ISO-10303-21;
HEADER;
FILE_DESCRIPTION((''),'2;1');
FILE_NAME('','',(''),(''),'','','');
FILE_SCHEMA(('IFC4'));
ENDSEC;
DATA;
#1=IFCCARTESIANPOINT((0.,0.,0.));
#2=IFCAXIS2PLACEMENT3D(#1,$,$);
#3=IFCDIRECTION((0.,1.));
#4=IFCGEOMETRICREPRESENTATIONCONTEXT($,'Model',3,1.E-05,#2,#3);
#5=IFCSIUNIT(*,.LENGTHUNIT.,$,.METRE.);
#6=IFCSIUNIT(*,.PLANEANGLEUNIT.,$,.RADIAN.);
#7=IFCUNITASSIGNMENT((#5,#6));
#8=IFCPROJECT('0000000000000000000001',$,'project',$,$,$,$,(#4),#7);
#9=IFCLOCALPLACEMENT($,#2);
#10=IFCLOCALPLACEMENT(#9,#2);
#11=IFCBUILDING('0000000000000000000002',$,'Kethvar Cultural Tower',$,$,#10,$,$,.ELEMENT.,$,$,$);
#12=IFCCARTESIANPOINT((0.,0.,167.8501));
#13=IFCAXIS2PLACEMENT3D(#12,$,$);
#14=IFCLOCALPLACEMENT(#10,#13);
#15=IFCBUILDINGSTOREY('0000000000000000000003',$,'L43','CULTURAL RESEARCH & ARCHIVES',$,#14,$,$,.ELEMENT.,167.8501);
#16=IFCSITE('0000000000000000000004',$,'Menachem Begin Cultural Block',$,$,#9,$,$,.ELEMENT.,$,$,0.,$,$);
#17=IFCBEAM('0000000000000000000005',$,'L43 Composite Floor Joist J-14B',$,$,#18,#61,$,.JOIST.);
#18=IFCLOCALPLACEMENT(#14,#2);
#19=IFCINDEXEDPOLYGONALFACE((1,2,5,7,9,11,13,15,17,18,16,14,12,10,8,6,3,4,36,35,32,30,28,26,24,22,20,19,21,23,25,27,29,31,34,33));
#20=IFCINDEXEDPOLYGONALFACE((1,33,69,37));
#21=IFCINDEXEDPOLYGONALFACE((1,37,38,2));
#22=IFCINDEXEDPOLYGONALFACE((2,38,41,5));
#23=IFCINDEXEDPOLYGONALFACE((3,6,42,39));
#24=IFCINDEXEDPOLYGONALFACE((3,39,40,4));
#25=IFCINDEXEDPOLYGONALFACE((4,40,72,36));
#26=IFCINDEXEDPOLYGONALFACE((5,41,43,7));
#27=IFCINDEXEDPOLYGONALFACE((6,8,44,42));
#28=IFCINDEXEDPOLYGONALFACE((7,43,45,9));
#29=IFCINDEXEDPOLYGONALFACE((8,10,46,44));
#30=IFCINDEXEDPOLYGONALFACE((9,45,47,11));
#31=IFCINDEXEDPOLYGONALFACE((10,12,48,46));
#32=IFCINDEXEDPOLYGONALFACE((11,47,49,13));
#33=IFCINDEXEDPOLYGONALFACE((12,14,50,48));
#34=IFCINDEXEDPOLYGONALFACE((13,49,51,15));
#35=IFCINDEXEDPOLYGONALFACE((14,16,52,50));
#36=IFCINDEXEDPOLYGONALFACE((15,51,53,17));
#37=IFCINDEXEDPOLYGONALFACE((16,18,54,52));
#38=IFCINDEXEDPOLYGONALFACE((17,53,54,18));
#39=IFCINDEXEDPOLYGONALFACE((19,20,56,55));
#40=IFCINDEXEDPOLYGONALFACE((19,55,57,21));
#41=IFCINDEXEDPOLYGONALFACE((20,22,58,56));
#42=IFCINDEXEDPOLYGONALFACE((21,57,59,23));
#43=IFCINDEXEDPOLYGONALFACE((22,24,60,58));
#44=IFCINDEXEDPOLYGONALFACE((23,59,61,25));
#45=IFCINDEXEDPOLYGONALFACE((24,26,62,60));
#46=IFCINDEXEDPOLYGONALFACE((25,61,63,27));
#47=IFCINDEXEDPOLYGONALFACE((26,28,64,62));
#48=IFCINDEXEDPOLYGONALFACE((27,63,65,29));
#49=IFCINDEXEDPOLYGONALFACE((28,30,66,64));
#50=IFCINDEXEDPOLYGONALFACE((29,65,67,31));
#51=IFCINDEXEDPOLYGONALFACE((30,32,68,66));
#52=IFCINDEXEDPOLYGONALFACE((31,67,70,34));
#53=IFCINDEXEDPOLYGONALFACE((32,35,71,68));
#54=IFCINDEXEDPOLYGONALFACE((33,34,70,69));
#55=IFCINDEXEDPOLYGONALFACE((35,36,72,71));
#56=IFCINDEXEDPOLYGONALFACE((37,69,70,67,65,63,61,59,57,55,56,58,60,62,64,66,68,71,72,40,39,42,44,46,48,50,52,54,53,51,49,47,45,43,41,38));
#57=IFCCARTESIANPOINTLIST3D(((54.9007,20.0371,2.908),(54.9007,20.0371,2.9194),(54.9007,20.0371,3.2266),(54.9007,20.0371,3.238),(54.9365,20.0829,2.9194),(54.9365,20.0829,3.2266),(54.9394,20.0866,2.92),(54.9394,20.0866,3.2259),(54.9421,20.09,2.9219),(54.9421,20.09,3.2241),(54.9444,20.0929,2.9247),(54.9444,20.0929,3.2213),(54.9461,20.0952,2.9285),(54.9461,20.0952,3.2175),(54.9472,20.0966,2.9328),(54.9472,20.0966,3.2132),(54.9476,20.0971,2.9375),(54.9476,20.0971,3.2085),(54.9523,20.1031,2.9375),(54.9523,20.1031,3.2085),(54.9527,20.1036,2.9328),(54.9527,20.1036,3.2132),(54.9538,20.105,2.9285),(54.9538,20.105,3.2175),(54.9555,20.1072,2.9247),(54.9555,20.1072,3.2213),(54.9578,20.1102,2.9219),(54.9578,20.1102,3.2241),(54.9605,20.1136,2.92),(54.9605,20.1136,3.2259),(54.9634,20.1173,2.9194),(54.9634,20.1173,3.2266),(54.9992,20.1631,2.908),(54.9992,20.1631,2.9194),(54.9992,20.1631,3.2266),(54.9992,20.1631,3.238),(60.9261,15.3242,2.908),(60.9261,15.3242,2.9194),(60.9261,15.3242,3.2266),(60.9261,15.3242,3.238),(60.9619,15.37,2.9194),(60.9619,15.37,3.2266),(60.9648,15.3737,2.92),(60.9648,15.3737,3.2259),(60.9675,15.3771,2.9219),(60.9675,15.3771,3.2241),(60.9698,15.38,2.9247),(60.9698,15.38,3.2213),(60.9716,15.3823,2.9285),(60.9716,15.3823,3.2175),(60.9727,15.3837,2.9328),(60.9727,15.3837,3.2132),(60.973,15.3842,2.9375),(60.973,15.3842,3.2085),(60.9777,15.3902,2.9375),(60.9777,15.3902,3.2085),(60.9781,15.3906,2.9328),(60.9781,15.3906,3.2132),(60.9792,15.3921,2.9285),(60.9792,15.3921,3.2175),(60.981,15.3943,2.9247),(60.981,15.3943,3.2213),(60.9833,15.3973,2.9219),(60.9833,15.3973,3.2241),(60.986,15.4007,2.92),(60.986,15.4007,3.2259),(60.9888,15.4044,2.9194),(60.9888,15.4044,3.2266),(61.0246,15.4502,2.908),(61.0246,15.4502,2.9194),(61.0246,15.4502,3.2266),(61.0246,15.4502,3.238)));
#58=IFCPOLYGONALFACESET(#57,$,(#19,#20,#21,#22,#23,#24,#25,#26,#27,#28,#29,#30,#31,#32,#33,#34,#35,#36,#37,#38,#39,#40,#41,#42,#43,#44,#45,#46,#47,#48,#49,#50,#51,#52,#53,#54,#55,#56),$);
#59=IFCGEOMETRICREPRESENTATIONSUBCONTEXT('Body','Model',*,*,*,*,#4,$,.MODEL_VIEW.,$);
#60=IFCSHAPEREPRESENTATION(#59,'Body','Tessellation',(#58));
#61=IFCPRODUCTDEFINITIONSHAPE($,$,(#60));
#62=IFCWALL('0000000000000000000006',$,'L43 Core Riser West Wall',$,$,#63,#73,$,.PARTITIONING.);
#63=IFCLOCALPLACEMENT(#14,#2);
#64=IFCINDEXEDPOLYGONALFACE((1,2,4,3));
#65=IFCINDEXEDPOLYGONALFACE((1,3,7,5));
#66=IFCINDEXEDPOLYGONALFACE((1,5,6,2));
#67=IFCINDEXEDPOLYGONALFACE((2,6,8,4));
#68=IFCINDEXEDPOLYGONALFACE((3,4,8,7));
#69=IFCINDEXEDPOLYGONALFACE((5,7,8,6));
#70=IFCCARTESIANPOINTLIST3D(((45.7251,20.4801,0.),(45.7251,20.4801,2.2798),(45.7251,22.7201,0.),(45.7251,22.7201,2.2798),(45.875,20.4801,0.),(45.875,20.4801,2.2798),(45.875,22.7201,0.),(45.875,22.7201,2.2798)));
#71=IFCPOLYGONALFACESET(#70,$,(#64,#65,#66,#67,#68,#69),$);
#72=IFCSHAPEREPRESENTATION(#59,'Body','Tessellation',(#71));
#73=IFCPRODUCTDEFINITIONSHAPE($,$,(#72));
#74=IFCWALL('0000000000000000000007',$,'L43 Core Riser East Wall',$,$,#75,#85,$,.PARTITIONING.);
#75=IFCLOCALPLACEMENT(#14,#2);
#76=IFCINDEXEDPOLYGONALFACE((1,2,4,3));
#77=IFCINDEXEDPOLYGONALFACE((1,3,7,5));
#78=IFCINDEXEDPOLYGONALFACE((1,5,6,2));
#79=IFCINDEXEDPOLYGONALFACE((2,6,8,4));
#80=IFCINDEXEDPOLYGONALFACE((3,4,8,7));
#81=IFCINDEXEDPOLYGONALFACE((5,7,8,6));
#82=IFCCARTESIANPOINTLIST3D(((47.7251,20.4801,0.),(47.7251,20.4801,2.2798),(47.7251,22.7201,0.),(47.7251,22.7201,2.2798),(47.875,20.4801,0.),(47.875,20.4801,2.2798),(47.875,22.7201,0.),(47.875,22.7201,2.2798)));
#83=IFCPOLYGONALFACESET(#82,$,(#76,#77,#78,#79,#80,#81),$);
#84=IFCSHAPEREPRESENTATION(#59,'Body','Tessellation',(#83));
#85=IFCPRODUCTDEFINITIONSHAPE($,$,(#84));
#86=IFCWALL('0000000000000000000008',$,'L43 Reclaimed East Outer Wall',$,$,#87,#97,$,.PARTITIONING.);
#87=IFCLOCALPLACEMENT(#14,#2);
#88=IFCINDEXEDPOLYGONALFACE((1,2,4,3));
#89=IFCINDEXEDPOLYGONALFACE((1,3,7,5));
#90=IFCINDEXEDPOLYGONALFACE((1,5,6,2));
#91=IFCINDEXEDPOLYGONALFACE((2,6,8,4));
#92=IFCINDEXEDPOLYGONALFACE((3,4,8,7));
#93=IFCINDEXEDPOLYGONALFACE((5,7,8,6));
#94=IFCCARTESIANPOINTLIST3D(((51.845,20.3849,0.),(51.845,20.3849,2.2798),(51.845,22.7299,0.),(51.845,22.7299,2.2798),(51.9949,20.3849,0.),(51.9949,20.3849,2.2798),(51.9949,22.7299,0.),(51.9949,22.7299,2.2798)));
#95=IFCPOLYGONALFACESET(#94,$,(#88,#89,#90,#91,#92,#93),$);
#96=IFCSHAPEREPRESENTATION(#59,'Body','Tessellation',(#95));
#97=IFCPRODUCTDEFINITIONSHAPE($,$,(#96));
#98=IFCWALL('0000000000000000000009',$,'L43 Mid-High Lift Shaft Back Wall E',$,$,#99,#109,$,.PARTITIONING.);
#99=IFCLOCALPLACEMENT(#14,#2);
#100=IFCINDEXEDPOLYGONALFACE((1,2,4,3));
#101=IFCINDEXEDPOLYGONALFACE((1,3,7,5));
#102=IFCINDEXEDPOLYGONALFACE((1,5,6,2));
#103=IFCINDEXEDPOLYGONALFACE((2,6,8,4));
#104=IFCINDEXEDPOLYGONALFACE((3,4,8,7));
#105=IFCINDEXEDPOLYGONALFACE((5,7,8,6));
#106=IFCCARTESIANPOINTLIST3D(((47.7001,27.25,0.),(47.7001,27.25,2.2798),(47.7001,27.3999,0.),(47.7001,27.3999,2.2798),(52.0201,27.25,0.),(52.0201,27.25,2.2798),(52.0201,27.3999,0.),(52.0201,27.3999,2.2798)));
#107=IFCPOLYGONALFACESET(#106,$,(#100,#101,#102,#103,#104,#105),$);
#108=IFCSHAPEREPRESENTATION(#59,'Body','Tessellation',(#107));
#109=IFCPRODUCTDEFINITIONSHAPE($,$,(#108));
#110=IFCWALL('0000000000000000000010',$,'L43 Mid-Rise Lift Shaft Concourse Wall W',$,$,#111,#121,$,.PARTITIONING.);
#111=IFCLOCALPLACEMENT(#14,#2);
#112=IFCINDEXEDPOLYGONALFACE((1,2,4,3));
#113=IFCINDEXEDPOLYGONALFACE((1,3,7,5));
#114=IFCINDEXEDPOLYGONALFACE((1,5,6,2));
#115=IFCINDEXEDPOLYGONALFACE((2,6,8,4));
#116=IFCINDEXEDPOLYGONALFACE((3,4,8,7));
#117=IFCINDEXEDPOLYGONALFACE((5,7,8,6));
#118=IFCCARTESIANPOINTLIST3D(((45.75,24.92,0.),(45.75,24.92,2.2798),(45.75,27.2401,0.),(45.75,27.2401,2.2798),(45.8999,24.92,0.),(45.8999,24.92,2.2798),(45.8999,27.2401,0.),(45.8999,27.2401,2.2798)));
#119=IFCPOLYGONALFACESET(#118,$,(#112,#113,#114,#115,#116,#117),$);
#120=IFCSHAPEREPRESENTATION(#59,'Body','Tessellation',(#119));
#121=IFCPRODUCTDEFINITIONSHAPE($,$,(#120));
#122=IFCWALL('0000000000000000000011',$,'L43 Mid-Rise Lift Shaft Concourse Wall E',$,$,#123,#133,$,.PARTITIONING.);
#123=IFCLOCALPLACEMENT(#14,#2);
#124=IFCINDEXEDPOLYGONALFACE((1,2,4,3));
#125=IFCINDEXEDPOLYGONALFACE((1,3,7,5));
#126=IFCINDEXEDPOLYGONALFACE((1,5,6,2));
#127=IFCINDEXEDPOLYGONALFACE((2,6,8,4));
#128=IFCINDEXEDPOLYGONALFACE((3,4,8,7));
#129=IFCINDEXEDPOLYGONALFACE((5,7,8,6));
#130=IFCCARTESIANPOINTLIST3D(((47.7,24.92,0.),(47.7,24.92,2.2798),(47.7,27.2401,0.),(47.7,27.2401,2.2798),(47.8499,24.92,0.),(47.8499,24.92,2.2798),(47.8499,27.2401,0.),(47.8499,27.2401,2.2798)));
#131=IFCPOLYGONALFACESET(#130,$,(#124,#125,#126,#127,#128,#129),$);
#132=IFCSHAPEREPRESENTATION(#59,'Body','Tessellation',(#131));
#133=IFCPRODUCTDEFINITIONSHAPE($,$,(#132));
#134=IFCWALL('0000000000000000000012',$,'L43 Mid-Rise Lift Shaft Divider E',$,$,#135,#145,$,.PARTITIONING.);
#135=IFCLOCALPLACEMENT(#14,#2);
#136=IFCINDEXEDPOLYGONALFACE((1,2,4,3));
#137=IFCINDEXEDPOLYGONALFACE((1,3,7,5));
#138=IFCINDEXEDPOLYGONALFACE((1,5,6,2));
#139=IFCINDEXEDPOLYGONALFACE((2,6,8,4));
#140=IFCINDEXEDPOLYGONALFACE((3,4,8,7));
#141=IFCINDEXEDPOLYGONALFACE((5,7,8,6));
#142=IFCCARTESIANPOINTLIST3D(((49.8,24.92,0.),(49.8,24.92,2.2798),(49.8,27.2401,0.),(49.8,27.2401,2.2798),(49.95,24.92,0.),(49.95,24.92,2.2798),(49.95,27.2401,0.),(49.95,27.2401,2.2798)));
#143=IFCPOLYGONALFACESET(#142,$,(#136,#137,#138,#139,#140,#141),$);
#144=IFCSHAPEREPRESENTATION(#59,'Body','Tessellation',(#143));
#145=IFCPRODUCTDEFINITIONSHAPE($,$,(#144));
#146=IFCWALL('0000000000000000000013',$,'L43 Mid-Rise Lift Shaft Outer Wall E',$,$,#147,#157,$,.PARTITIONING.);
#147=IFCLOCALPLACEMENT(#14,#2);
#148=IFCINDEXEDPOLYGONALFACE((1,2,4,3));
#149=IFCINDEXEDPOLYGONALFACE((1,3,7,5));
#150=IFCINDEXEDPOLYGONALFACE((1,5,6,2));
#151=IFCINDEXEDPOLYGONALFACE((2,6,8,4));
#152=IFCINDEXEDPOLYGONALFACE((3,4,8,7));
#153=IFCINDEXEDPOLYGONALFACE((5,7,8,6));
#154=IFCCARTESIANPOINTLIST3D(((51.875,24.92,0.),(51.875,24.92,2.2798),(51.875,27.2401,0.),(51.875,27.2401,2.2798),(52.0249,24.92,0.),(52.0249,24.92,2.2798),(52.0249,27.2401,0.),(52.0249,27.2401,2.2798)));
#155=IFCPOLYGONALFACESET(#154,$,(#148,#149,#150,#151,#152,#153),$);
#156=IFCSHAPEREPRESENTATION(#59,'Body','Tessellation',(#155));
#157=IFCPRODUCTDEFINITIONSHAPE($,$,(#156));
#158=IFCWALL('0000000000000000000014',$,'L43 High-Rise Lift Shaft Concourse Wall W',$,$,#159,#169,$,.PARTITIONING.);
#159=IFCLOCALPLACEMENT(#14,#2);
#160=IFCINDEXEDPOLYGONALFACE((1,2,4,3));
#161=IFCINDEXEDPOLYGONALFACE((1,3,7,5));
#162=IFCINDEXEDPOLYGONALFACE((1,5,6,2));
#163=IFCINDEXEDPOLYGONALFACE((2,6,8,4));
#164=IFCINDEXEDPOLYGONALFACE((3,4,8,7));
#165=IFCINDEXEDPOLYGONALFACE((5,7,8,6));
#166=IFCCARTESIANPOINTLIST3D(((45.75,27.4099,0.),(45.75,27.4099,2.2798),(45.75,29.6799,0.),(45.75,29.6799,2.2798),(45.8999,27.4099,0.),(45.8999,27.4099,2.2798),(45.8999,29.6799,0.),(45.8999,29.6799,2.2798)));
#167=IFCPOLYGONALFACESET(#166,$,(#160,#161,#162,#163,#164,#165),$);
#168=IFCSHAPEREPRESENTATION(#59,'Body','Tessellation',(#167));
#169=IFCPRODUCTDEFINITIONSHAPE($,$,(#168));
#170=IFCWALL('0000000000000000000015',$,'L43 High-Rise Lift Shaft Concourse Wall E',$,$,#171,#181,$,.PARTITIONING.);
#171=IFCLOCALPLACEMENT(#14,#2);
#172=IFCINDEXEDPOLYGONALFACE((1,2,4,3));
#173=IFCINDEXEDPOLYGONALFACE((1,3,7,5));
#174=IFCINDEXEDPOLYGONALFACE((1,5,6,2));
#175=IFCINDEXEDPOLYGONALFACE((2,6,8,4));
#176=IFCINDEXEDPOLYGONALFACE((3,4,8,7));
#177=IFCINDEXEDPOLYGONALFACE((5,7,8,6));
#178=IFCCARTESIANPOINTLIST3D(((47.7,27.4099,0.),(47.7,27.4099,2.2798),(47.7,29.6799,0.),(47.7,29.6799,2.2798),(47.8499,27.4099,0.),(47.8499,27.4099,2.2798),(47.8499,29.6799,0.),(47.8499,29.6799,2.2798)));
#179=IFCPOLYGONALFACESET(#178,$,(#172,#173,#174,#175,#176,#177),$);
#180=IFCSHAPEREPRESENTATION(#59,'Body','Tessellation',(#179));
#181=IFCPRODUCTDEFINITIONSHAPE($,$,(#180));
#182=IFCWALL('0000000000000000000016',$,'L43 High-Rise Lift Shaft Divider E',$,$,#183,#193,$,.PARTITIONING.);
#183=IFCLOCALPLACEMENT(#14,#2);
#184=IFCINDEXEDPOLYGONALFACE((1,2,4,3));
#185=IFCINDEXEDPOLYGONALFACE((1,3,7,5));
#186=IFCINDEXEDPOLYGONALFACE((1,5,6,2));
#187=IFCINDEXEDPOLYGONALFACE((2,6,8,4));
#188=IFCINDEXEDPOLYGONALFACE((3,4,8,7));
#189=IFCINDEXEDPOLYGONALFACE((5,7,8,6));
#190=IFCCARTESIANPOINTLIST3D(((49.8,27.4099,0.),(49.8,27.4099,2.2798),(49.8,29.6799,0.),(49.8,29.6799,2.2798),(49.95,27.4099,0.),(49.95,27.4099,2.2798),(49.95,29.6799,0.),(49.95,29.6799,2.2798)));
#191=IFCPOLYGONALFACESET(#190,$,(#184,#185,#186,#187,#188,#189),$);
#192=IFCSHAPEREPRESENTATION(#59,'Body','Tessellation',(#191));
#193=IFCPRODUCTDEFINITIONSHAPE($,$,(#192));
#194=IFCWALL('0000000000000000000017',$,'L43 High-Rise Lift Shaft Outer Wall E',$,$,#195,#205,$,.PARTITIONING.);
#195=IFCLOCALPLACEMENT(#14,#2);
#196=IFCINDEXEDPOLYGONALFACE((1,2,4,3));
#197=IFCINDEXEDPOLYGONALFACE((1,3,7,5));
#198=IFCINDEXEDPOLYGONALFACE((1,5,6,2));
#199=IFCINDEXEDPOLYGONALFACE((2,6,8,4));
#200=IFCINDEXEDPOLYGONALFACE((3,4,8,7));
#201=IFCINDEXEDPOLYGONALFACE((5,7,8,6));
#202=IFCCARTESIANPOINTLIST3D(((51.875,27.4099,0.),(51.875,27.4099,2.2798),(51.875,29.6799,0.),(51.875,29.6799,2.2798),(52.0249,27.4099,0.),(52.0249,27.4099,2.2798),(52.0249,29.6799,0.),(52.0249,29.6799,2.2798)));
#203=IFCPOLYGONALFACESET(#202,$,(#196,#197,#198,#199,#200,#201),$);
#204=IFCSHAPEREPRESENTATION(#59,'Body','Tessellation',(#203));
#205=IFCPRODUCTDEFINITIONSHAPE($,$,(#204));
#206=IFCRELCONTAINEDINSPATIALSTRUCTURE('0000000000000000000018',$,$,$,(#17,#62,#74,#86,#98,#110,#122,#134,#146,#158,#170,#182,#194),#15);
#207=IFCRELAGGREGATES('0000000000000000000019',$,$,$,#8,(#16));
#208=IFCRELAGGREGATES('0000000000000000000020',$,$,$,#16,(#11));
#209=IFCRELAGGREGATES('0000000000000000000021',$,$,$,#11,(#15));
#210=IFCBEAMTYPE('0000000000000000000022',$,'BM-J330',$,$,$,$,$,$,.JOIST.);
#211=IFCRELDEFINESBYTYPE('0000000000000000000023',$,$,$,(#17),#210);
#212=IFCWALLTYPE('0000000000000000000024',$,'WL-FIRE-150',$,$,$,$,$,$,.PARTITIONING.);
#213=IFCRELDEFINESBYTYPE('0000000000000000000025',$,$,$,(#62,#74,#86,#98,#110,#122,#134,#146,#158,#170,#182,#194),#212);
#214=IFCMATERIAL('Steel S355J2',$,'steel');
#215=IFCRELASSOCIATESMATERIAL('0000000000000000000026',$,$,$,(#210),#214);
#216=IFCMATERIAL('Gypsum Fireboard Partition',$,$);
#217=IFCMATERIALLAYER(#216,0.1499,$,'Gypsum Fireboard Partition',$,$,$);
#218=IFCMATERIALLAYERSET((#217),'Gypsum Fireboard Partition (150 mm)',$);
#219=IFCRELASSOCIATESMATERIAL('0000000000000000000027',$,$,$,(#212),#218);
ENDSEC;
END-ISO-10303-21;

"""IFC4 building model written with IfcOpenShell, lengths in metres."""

from ifc_helpers import new_model, si_unit, direction, frame, frame_2d, origin, origin_2d, place, context, subcontext, project, spatial, rectangle, i_section, extrude, source, transform, mapped, material, layer, layer_set, material_profile, profile_set, type_object, element, save


model = new_model("IFC4")

# Units and contexts
model_context = context("Model", 3, precision=1e-05, world=origin(), true_north=direction((0.0, 1.0)))
body_context = subcontext(model_context, "Body", "Model", "MODEL_VIEW")
ifc_project = project(units=[si_unit("LENGTHUNIT", "METRE"), si_unit("PLANEANGLEUNIT", "RADIAN")], contexts=[model_context])

# Site, building, storey
site_placement = place(None, origin())
site = spatial("IfcSite", under=ifc_project, at=site_placement, Name="Menachem Begin Cultural Block", CompositionType="ELEMENT", RefElevation=0.0)
building_placement = place(site_placement, origin())
building = spatial("IfcBuilding", under=site, at=building_placement, Name="Kethvar Cultural Tower", CompositionType="ELEMENT")
storey_placement = place(building_placement, frame((0.0, 0.0, 167.8501)))
storey = spatial("IfcBuildingStorey", under=building, at=storey_placement, Name="L43", Description="CULTURAL RESEARCH & ARCHIVES", CompositionType="ELEMENT", Elevation=167.8501)

# Beam
ifc_material_1 = material(Name="Steel S355J2", Category="steel")
ifc_material_profile = material_profile(ifc_material_1, i_section(OverallWidth=0.1599, OverallDepth=0.3301, WebThickness=0.0076, FlangeThickness=0.0115, FilletRadius=0.0181, at=origin_2d()), Name="Steel S355J2 — IPE330")
ifc_profile_set = profile_set([ifc_material_profile], Name="Steel S355J2 — IPE330")
beam_type = type_object("IfcBeamType", Name="BM-J330", PredefinedType="JOIST", material=ifc_profile_set)
shared_shape_1 = source(origin(), body_context, "Body", "SweptSolid", [
    extrude(i_section(OverallWidth=0.1599, OverallDepth=0.3301, WebThickness=0.0076, FlangeThickness=0.0115, FilletRadius=0.0181, at=origin_2d()), origin(), (0.0, 0.0, 1.0), 7.6497),
])
beam_placement = place(storey_placement, frame((54.95, 20.1001, 3.073), z_axis=(0.787672, -0.616095, 0.0), x_axis=(0.616095, 0.787672, 0.0)))
element("IfcBeam", 1, at=beam_placement, inside=storey, type_object=beam_type, Name="L43 Composite Floor Joist J-14B", PredefinedType="JOIST", context=body_context, shape_type="MappedRepresentation", body=[
    mapped(shared_shape_1, transform((0.0, 0.0, 0.0), scale=1.0)),
])

# Walls
ifc_material_2 = material(Name="Gypsum Fireboard Partition")
ifc_layer_1 = layer(ifc_material_2, 0.1499, Name="Gypsum Fireboard Partition")
ifc_layer_set_1 = layer_set([ifc_layer_1], Name="Gypsum Fireboard Partition (150 mm)")
wall_type_1 = type_object("IfcWallType", Name="WL-FIRE-150", PredefinedType="PARTITIONING", material=ifc_layer_set_1)
for number, where, z_axis, x_axis, name in (
    (2, (45.8, 20.48, 0.0), (0.0, 0.0, 1.0), (0.0, 1.0, 0.0), "L43 Core Riser West Wall"),
    (3, (47.8, 20.48, 0.0), (0.0, 0.0, 1.0), (0.0, 1.0, 0.0), "L43 Core Riser East Wall"),
):
    element("IfcWall", number, at=place(storey_placement, frame(where, z_axis=z_axis, x_axis=x_axis)), inside=storey, type_object=wall_type_1, Name=name, PredefinedType="PARTITIONING", context=body_context, shape_type="SweptSolid", body=[
        extrude(rectangle(XDim=2.24, YDim=0.1499, at=frame_2d((1.1201, 0.0))), origin(), (0.0, 0.0, 1.0), 2.2798),
    ])
wall_1_placement = place(storey_placement, frame((51.9199, 20.385, 0.0), z_axis=(0.0, 0.0, 1.0), x_axis=(0.0, 1.0, 0.0)))
element("IfcWall", 4, at=wall_1_placement, inside=storey, type_object=wall_type_1, Name="L43 Reclaimed East Outer Wall", PredefinedType="PARTITIONING", context=body_context, shape_type="SweptSolid", body=[
    extrude(rectangle(XDim=2.345, YDim=0.1499, at=frame_2d((1.1724, 0.0))), origin(), (0.0, 0.0, 1.0), 2.2798),
])
wall_2_placement = place(storey_placement, frame((47.7, 27.325, 0.0), z_axis=(0.0, 0.0, 1.0), x_axis=(1.0, 0.0, 0.0)))
element("IfcWall", 5, at=wall_2_placement, inside=storey, type_object=wall_type_1, Name="L43 Mid-High Lift Shaft Back Wall E", PredefinedType="PARTITIONING", context=body_context, shape_type="SweptSolid", body=[
    extrude(rectangle(XDim=4.3201, YDim=0.1499, at=frame_2d((2.1602, 0.0))), origin(), (0.0, 0.0, 1.0), 2.2798),
])
for number, where, z_axis, x_axis, name in (
    (6, (45.825, 24.9199, 0.0), (0.0, 0.0, 1.0), (0.0, 1.0, 0.0), "L43 Mid-Rise Lift Shaft Concourse Wall W"),
    (7, (47.7749, 24.9199, 0.0), (0.0, 0.0, 1.0), (0.0, 1.0, 0.0), "L43 Mid-Rise Lift Shaft Concourse Wall E"),
    (8, (49.875, 24.9199, 0.0), (0.0, 0.0, 1.0), (0.0, 1.0, 0.0), "L43 Mid-Rise Lift Shaft Divider E"),
    (9, (51.95, 24.9199, 0.0), (0.0, 0.0, 1.0), (0.0, 1.0, 0.0), "L43 Mid-Rise Lift Shaft Outer Wall E"),
):
    element("IfcWall", number, at=place(storey_placement, frame(where, z_axis=z_axis, x_axis=x_axis)), inside=storey, type_object=wall_type_1, Name=name, PredefinedType="PARTITIONING", context=body_context, shape_type="SweptSolid", body=[
        extrude(rectangle(XDim=2.3201, YDim=0.1499, at=frame_2d((1.1602, 0.0))), origin(), (0.0, 0.0, 1.0), 2.2798),
    ])
for number, where, z_axis, x_axis, name in (
    (10, (45.825, 27.4099, 0.0), (0.0, 0.0, 1.0), (0.0, 1.0, 0.0), "L43 High-Rise Lift Shaft Concourse Wall W"),
    (11, (47.7749, 27.4099, 0.0), (0.0, 0.0, 1.0), (0.0, 1.0, 0.0), "L43 High-Rise Lift Shaft Concourse Wall E"),
    (12, (49.875, 27.4099, 0.0), (0.0, 0.0, 1.0), (0.0, 1.0, 0.0), "L43 High-Rise Lift Shaft Divider E"),
    (13, (51.95, 27.4099, 0.0), (0.0, 0.0, 1.0), (0.0, 1.0, 0.0), "L43 High-Rise Lift Shaft Outer Wall E"),
):
    element("IfcWall", number, at=place(storey_placement, frame(where, z_axis=z_axis, x_axis=x_axis)), inside=storey, type_object=wall_type_1, Name=name, PredefinedType="PARTITIONING", context=body_context, shape_type="SweptSolid", body=[
        extrude(rectangle(XDim=2.27, YDim=0.1499, at=frame_2d((1.135, 0.0))), origin(), (0.0, 0.0, 1.0), 2.2798),
    ])

save(model, "model.ifc")
